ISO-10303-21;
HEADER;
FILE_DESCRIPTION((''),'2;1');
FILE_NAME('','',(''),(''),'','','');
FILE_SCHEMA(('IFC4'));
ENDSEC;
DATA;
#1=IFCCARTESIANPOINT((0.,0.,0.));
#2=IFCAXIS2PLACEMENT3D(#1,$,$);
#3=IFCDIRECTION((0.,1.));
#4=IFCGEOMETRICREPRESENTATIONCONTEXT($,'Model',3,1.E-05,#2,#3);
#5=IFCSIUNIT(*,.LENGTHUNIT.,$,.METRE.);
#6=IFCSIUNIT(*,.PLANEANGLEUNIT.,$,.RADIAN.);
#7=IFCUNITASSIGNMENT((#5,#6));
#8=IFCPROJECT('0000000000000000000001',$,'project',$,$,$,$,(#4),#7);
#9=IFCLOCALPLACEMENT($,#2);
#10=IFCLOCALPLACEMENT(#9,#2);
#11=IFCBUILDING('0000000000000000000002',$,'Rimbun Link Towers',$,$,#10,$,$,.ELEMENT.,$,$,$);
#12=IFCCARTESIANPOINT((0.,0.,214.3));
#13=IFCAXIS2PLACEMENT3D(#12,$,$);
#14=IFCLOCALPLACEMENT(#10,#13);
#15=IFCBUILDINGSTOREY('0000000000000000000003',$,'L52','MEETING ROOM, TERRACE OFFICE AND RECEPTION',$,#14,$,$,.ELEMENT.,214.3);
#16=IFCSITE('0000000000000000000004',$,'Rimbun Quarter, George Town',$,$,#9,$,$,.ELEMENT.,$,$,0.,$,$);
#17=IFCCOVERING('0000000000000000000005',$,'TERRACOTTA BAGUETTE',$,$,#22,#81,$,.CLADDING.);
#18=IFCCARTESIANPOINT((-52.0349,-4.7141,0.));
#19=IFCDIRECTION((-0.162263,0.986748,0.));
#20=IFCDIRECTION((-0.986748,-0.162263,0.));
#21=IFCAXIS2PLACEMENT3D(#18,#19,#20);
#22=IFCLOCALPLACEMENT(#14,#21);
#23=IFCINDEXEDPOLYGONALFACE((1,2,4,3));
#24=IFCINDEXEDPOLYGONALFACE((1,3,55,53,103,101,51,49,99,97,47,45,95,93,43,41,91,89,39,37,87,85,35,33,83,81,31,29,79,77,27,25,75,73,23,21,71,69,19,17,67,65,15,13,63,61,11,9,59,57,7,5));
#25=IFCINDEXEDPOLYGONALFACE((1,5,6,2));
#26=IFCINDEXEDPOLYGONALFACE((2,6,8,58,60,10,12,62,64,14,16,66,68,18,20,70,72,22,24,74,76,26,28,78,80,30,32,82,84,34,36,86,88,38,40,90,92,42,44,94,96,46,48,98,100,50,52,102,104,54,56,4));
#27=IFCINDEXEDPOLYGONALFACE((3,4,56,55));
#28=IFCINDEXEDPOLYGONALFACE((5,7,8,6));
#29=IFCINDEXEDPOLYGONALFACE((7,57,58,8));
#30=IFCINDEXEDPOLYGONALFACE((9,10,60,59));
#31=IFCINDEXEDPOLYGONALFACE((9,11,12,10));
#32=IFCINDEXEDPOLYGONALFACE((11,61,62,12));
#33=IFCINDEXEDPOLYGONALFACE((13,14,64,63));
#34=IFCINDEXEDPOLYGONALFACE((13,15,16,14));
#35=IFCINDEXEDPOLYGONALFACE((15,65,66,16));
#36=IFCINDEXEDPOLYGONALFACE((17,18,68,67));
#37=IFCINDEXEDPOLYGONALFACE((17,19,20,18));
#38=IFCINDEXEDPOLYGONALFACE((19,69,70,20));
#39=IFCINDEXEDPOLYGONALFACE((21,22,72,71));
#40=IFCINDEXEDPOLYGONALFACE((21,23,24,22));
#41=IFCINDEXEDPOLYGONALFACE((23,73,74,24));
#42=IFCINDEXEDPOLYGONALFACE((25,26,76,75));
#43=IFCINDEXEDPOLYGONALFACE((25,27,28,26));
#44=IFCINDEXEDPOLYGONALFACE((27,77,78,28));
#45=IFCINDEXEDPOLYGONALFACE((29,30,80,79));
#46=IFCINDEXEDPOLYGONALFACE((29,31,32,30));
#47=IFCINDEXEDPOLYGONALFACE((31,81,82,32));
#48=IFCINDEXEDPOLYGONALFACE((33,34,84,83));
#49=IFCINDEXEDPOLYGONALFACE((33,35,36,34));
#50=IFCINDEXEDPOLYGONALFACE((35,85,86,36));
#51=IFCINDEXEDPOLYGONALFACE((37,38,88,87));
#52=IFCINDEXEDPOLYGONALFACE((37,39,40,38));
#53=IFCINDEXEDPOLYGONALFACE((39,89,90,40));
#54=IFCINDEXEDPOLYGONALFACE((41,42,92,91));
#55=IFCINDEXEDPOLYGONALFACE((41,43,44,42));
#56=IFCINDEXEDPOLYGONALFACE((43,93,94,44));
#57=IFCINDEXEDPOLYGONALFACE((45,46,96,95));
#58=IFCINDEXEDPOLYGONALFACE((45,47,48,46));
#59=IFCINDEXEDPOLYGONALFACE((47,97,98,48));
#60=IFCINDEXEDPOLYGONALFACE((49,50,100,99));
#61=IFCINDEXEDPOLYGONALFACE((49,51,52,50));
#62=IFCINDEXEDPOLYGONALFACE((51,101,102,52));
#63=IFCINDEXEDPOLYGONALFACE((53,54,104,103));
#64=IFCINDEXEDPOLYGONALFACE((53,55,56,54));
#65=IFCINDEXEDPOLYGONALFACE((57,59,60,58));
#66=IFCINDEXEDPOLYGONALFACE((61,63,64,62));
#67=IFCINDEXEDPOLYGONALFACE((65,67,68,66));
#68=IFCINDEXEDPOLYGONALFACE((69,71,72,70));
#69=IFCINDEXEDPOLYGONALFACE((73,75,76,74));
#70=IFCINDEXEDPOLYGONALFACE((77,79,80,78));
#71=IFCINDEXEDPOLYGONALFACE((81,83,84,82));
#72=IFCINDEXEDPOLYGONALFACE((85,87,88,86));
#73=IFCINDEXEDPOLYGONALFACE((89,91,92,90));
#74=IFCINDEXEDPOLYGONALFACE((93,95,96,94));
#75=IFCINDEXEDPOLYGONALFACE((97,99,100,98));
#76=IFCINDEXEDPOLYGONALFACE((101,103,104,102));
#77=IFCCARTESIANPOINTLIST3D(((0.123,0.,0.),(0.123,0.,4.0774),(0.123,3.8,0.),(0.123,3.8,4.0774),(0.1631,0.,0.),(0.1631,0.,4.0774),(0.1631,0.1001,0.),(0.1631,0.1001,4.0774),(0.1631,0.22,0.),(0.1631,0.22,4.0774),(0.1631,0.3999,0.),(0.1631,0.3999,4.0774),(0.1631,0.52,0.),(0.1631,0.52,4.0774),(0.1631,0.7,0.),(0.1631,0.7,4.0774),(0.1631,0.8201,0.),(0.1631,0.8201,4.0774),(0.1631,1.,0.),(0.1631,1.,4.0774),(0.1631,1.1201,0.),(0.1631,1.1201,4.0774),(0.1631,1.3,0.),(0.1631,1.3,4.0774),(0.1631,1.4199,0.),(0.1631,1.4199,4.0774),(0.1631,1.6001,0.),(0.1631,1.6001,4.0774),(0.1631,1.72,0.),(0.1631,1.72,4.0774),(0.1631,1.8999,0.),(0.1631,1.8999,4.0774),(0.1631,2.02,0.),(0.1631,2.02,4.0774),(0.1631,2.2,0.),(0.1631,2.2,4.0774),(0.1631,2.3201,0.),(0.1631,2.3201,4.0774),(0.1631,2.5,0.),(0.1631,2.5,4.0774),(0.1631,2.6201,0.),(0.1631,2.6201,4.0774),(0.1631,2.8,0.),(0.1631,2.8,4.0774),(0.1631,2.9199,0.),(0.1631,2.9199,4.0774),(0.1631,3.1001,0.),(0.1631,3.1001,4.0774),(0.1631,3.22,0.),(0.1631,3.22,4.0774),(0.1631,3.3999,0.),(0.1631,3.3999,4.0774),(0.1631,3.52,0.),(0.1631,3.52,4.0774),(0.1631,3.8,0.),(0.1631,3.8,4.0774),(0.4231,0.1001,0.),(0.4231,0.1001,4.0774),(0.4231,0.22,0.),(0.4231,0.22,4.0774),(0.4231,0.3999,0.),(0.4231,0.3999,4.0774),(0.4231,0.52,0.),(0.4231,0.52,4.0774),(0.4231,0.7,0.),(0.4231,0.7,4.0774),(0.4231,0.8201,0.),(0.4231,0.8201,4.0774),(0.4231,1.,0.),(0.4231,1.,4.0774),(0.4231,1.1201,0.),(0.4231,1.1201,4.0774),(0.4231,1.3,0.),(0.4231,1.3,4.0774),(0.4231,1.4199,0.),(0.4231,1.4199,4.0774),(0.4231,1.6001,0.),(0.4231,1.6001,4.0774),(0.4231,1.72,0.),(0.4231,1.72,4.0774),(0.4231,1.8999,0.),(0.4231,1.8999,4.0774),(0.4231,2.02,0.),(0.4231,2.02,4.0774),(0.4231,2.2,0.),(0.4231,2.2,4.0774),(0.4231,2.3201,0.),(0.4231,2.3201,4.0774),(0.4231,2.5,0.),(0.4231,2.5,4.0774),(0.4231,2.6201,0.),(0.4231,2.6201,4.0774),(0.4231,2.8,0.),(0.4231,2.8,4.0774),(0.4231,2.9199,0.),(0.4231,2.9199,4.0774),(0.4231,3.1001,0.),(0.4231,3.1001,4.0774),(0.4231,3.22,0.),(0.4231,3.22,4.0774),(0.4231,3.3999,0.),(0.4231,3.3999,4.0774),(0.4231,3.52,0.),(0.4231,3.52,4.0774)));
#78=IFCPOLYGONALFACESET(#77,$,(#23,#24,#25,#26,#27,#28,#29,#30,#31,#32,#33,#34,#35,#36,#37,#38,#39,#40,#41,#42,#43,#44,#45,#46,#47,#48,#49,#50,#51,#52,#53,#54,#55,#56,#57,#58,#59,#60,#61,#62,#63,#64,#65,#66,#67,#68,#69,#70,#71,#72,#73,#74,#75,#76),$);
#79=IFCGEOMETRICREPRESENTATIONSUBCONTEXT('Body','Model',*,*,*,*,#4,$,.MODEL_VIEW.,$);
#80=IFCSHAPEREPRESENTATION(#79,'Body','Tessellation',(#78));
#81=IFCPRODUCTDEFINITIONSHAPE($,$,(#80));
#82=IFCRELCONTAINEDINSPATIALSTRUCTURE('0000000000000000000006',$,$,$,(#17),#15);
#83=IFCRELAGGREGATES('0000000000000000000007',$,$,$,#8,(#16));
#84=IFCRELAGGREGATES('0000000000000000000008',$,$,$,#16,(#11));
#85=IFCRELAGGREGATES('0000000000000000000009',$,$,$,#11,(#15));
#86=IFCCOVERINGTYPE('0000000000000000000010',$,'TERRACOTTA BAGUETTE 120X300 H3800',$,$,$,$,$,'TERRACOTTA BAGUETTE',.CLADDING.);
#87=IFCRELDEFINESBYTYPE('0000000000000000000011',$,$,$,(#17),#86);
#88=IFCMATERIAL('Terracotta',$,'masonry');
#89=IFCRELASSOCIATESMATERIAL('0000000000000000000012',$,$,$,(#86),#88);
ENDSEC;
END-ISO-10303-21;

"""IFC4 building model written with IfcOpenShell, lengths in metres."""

from ifc_helpers import new_model, si_unit, direction, frame, origin, place, context, subcontext, project, spatial, polyline, outline, extrude, material, material_profile, profile_set, type_object, element, save


model = new_model("IFC4")

# Units and contexts
model_context = context("Model", 3, precision=1e-05, world=origin(), true_north=direction((0.0, 1.0)))
body_context = subcontext(model_context, "Body", "Model", "MODEL_VIEW")
ifc_project = project(units=[si_unit("LENGTHUNIT", "METRE"), si_unit("PLANEANGLEUNIT", "RADIAN")], contexts=[model_context])

# Site, building, storey
site_placement = place(None, origin())
site = spatial("IfcSite", under=ifc_project, at=site_placement, Name="Rimbun Quarter, George Town", CompositionType="ELEMENT", RefElevation=0.0)
building_placement = place(site_placement, origin())
building = spatial("IfcBuilding", under=site, at=building_placement, Name="Rimbun Link Towers", CompositionType="ELEMENT")
storey_placement = place(building_placement, frame((0.0, 0.0, 214.3)))
storey = spatial("IfcBuildingStorey", under=building, at=storey_placement, Name="L52", Description="MEETING ROOM, TERRACE OFFICE AND RECEPTION", CompositionType="ELEMENT", Elevation=214.3)

# Covering
ifc_material_1 = material(Name="Terracotta", Category="masonry")
ifc_material_profile_1 = material_profile(ifc_material_1, outline(polyline([(0.123, 0.0), (0.1631, 0.0), (0.1631, 0.1001), (0.4231, 0.1001), (0.4231, 0.22), (0.1631, 0.22), (0.1631, 0.3999), (0.4231, 0.3999), (0.4231, 0.52), (0.1631, 0.52), (0.1631, 0.7), (0.4231, 0.7), (0.4231, 0.8201), (0.1631, 0.8201), (0.1631, 1.0), (0.4231, 1.0), (0.4231, 1.1201), (0.1631, 1.1201), (0.1631, 1.3), (0.4231, 1.3), (0.4231, 1.4199), (0.1631, 1.4199), (0.1631, 1.6001), (0.4231, 1.6001), (0.4231, 1.72), (0.1631, 1.72), (0.1631, 1.8999), (0.4231, 1.8999), (0.4231, 2.02), (0.1631, 2.02), (0.1631, 2.2), (0.4231, 2.2), (0.4231, 2.3201), (0.1631, 2.3201), (0.1631, 2.5), (0.4231, 2.5), (0.4231, 2.6201), (0.1631, 2.6201), (0.1631, 2.8), (0.4231, 2.8), (0.4231, 2.9199), (0.1631, 2.9199), (0.1631, 3.1001), (0.4231, 3.1001), (0.4231, 3.22), (0.1631, 3.22), (0.1631, 3.3999), (0.4231, 3.3999), (0.4231, 3.52), (0.1631, 3.52), (0.1631, 3.8), (0.123, 3.8), (0.123, 0.0)])), Name="BAGUETTE 120X300")
ifc_profile_set_1 = profile_set([ifc_material_profile_1], Name="Terracotta")
covering_type = type_object("IfcCoveringType", Name="TERRACOTTA BAGUETTE 120X300 H3800", ElementType="TERRACOTTA BAGUETTE", PredefinedType="CLADDING", material=ifc_profile_set_1)
covering_1_placement = place(storey_placement, frame((-52.0349, -4.7141, 0.0), z_axis=(-0.162263, 0.986748, 0.0), x_axis=(-0.986748, -0.162263, 0.0)))
element("IfcCovering", 1, at=covering_1_placement, inside=storey, type_object=covering_type, Name="TERRACOTTA BAGUETTE", PredefinedType="CLADDING", context=body_context, shape_type="SweptSolid", body=[
    extrude(outline(polyline([(0.123, 0.0), (0.1631, 0.0), (0.1631, 0.1001), (0.4231, 0.1001), (0.4231, 0.22), (0.1631, 0.22), (0.1631, 0.3999), (0.4231, 0.3999), (0.4231, 0.52), (0.1631, 0.52), (0.1631, 0.7), (0.4231, 0.7), (0.4231, 0.8201), (0.1631, 0.8201), (0.1631, 1.0), (0.4231, 1.0), (0.4231, 1.1201), (0.1631, 1.1201), (0.1631, 1.3), (0.4231, 1.3), (0.4231, 1.4199), (0.1631, 1.4199), (0.1631, 1.6001), (0.4231, 1.6001), (0.4231, 1.72), (0.1631, 1.72), (0.1631, 1.8999), (0.4231, 1.8999), (0.4231, 2.02), (0.1631, 2.02), (0.1631, 2.2), (0.4231, 2.2), (0.4231, 2.3201), (0.1631, 2.3201), (0.1631, 2.5), (0.4231, 2.5), (0.4231, 2.6201), (0.1631, 2.6201), (0.1631, 2.8), (0.4231, 2.8), (0.4231, 2.9199), (0.1631, 2.9199), (0.1631, 3.1001), (0.4231, 3.1001), (0.4231, 3.22), (0.1631, 3.22), (0.1631, 3.3999), (0.4231, 3.3999), (0.4231, 3.52), (0.1631, 3.52), (0.1631, 3.8), (0.123, 3.8), (0.123, 0.0)])), origin(), (0.0, 0.0, 1.0), 4.0774),
])

save(model, "model.ifc")
